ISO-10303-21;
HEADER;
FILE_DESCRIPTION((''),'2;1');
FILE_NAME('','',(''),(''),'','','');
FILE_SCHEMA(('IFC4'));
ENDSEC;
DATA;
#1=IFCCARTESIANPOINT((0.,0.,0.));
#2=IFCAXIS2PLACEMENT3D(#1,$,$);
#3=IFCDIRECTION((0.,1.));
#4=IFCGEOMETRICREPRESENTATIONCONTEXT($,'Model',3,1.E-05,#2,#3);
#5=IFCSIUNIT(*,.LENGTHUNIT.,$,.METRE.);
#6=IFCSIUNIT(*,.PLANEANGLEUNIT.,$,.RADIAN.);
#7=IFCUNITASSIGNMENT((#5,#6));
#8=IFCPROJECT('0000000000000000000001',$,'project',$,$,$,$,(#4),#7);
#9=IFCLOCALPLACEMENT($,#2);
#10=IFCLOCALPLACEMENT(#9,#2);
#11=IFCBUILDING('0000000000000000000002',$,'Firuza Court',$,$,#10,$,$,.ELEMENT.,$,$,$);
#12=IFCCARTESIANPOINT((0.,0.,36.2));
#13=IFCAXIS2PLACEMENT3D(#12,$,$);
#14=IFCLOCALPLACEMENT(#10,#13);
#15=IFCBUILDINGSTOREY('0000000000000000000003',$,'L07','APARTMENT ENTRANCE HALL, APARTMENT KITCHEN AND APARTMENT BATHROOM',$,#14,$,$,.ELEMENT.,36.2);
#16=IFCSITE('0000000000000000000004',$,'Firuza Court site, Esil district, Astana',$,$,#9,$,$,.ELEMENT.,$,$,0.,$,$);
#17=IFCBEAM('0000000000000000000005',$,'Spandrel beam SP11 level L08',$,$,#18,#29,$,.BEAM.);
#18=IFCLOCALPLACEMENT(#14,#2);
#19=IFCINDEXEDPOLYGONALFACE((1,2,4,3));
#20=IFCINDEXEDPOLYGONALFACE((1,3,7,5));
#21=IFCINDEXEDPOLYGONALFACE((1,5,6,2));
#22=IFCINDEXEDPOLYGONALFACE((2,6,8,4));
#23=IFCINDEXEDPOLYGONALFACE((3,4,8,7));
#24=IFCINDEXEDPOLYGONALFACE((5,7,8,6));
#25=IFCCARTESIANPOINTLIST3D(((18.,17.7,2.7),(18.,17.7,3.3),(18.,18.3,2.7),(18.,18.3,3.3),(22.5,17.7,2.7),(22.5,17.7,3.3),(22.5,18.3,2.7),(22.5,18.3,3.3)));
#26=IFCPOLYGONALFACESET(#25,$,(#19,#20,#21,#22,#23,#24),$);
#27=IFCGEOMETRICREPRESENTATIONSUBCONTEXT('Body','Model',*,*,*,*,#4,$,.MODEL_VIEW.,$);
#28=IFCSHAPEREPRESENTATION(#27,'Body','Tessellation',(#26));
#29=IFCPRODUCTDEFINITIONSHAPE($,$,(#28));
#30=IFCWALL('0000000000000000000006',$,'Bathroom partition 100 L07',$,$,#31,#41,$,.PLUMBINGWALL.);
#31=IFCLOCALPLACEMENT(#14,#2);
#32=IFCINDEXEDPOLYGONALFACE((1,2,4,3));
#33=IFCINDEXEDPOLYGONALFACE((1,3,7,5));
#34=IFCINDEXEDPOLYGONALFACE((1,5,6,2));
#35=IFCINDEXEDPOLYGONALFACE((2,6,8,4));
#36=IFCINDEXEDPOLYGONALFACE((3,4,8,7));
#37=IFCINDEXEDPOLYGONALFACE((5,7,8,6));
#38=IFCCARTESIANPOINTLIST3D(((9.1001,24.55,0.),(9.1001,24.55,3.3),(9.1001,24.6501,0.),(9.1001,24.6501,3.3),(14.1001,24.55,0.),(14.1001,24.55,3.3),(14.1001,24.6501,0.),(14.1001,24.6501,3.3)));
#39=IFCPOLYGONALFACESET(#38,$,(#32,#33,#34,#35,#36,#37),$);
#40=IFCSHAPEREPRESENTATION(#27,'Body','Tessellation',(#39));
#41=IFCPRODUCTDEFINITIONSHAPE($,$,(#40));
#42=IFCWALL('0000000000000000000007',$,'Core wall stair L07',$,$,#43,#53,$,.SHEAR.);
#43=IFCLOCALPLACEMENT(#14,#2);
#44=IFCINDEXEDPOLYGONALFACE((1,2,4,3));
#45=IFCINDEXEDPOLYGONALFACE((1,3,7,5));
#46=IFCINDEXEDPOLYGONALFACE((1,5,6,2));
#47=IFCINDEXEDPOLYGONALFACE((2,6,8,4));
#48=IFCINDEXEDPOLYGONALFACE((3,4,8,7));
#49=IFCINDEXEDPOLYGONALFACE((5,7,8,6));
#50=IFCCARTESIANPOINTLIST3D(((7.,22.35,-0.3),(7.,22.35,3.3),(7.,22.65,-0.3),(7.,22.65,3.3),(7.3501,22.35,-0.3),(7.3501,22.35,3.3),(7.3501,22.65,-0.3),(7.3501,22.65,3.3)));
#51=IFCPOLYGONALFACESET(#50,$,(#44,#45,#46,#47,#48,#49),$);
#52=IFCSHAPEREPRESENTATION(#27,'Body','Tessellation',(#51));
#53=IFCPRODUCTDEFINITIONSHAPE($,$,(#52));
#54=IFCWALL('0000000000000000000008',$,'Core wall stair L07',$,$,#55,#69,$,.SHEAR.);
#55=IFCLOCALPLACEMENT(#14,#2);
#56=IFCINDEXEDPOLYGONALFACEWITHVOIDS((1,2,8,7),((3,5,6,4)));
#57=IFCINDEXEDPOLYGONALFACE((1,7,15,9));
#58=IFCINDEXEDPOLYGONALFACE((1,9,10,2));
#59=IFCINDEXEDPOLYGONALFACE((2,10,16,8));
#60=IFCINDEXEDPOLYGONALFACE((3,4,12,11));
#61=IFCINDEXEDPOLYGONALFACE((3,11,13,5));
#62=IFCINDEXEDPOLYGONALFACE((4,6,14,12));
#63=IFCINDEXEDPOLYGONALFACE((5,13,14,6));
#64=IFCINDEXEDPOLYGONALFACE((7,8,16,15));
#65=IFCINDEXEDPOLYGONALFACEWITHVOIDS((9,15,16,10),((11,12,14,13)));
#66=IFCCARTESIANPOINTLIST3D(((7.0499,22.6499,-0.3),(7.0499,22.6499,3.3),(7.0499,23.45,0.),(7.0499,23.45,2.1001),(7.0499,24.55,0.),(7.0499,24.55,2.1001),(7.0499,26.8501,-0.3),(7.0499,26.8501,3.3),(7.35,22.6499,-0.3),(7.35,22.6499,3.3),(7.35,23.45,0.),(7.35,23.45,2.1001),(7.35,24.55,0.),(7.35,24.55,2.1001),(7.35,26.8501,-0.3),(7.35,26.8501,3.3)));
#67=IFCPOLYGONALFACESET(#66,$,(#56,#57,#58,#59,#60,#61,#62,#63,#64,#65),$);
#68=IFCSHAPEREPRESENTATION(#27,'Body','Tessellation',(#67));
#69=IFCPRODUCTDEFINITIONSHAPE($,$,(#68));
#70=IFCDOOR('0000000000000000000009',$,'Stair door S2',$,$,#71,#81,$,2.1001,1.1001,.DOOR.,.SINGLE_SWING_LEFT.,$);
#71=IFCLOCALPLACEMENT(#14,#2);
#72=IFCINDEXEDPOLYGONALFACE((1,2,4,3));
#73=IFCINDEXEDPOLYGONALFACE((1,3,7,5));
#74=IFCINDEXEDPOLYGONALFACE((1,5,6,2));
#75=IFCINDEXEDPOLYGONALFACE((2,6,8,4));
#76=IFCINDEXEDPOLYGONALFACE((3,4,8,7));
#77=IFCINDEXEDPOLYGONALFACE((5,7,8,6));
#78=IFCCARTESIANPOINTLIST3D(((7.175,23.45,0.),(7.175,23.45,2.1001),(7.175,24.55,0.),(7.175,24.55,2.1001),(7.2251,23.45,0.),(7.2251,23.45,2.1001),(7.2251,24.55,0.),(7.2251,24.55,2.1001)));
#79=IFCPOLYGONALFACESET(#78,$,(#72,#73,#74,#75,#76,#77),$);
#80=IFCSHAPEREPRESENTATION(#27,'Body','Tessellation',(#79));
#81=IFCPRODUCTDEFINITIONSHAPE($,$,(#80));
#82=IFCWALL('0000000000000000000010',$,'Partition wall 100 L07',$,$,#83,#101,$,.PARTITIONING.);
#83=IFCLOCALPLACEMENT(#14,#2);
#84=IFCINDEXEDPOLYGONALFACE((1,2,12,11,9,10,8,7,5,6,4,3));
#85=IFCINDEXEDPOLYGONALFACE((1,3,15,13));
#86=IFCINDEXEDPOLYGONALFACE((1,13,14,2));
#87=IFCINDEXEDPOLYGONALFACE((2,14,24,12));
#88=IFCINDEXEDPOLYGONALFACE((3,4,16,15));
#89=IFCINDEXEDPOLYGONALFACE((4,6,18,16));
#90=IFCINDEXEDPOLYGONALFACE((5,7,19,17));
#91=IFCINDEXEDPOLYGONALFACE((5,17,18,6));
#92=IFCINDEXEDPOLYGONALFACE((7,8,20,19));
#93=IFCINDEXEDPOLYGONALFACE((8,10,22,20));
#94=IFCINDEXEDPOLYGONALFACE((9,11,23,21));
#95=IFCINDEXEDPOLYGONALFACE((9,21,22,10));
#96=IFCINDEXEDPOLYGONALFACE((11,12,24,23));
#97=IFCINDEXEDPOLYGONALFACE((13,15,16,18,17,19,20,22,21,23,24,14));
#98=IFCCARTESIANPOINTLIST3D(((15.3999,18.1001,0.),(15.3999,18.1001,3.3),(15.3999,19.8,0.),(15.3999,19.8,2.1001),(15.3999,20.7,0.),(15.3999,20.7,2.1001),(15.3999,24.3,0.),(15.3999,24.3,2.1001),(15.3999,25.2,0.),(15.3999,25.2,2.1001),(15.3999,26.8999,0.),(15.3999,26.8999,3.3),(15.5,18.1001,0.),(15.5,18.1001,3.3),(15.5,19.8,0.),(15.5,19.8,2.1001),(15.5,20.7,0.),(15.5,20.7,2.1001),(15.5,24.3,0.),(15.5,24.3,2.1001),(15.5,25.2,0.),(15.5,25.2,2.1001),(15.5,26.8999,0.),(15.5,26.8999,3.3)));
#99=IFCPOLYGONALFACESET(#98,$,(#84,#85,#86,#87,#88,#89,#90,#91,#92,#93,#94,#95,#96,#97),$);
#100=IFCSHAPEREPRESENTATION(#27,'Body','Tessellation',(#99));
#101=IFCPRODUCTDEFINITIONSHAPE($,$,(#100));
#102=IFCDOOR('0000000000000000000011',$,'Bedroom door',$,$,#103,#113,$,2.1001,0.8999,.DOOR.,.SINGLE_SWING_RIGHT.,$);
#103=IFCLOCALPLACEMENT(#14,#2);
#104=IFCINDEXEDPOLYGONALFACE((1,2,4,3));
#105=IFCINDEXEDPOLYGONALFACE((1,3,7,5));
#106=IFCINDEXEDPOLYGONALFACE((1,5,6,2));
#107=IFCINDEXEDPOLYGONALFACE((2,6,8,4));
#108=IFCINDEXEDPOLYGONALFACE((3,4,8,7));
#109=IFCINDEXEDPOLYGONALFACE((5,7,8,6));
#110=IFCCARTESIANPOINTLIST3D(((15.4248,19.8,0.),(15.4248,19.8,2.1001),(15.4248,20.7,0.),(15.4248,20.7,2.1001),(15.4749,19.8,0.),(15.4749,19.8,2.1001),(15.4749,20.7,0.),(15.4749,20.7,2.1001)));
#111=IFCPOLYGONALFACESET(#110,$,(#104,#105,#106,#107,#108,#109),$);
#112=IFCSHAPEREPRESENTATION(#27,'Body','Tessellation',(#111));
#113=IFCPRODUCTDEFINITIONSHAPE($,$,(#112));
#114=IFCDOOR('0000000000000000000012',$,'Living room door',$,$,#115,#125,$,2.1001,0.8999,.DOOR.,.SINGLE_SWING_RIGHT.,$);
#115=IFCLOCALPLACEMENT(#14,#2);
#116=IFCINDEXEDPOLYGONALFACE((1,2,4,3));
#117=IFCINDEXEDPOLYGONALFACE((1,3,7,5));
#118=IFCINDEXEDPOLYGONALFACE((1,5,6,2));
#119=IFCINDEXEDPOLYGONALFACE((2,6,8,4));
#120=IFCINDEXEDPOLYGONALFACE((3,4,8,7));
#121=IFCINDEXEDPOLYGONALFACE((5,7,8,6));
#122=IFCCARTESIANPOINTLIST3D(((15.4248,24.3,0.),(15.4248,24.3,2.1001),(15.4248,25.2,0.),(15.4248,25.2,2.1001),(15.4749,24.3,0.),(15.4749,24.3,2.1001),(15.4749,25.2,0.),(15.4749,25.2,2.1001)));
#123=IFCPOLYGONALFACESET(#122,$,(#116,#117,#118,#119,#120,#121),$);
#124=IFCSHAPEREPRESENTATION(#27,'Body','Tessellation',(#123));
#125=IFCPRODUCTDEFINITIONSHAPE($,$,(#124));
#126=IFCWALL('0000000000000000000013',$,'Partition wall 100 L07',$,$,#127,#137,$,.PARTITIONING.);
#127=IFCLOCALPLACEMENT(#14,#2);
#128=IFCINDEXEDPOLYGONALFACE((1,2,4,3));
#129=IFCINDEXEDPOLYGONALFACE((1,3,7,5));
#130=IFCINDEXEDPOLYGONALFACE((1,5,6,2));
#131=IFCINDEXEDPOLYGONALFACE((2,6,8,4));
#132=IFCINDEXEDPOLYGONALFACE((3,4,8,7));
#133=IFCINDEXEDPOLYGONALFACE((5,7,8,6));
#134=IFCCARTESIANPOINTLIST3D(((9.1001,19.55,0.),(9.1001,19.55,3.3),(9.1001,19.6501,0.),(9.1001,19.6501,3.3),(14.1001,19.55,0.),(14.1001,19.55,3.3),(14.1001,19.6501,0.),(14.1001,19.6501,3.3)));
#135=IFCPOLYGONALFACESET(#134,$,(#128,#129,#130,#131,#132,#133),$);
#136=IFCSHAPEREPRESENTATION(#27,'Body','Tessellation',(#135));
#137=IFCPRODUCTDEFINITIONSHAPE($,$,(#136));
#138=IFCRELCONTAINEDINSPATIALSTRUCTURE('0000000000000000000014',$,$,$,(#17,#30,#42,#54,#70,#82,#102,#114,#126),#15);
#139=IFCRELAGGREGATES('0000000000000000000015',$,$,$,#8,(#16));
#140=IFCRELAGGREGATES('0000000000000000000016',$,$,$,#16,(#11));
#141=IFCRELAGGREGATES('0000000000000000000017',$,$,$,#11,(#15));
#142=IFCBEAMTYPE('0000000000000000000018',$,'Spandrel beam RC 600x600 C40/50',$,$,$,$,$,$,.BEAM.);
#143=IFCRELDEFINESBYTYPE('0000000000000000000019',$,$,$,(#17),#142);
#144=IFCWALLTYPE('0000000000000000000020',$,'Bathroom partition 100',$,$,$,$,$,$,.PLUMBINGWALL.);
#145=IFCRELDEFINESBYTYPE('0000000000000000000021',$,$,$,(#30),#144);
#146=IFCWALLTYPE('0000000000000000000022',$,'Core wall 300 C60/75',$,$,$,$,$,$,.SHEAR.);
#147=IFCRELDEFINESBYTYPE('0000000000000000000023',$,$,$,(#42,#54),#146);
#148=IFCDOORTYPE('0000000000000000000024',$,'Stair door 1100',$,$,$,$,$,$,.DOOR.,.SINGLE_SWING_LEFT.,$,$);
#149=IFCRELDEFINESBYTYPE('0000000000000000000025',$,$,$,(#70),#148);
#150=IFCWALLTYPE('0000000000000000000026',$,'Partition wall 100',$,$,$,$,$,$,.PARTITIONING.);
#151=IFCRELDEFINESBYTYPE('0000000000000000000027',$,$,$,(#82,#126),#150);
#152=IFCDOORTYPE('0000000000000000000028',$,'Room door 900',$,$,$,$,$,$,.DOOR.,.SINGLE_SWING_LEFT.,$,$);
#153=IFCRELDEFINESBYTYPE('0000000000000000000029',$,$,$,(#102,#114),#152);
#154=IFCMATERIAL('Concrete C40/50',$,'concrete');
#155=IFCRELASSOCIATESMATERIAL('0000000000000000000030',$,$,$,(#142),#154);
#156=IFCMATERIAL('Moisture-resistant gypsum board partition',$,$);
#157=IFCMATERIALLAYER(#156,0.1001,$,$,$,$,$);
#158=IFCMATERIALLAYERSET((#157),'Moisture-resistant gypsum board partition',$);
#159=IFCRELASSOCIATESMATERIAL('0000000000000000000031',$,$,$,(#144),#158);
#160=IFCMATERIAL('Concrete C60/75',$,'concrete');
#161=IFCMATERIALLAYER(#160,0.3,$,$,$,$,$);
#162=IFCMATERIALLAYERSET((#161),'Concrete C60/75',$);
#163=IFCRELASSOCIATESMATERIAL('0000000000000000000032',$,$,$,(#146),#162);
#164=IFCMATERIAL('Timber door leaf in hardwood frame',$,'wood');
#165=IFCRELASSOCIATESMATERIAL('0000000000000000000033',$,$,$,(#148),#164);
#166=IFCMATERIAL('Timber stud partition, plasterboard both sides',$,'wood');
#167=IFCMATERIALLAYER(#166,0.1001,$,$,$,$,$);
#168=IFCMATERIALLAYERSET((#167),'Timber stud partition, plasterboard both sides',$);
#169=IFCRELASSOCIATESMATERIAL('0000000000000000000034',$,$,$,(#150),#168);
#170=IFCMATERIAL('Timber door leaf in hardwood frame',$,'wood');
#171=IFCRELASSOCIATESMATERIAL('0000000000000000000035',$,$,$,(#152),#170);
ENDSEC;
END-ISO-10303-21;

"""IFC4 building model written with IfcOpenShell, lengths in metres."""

from ifc_helpers import new_model, si_unit, direction, frame, frame_2d, origin, origin_2d, place, context, subcontext, project, spatial, rectangle, extrude, material, layer, layer_set, material_profile, profile_set, type_object, element, fill, save


model = new_model("IFC4")

# Units and contexts
model_context = context("Model", 3, precision=1e-05, world=origin(), true_north=direction((0.0, 1.0)))
body_context = subcontext(model_context, "Body", "Model", "MODEL_VIEW")
ifc_project = project(units=[si_unit("LENGTHUNIT", "METRE"), si_unit("PLANEANGLEUNIT", "RADIAN")], contexts=[model_context])

# Site, building, storey
site_placement = place(None, origin())
site = spatial("IfcSite", under=ifc_project, at=site_placement, Name="Firuza Court site, Esil district, Astana", CompositionType="ELEMENT", RefElevation=0.0)
building_placement = place(site_placement, origin())
building = spatial("IfcBuilding", under=site, at=building_placement, Name="Firuza Court", CompositionType="ELEMENT")
storey_placement = place(building_placement, frame((0.0, 0.0, 36.2)))
storey = spatial("IfcBuildingStorey", under=building, at=storey_placement, Name="L07", Description="APARTMENT ENTRANCE HALL, APARTMENT KITCHEN AND APARTMENT BATHROOM", CompositionType="ELEMENT", Elevation=36.2)

# Beam
ifc_material_1 = material(Name="Concrete C40/50", Category="concrete")
ifc_material_profile = material_profile(ifc_material_1, rectangle(XDim=0.6001, YDim=0.6001, at=origin_2d()), Name="RC 600x600")
ifc_profile_set = profile_set([ifc_material_profile], Name="Concrete C40/50")
beam_type = type_object("IfcBeamType", Name="Spandrel beam RC 600x600 C40/50", PredefinedType="BEAM", material=ifc_profile_set)
beam_placement = place(storey_placement, frame((18.0, 18.0, 3.0), z_axis=(1.0, 0.0, 0.0), x_axis=(0.0, 1.0, 0.0)))
element("IfcBeam", 1, at=beam_placement, inside=storey, type_object=beam_type, Name="Spandrel beam SP11 level L08", PredefinedType="BEAM", context=body_context, shape_type="SweptSolid", body=[
    extrude(rectangle(XDim=0.6001, YDim=0.6001, at=origin_2d()), origin(), (0.0, 0.0, 1.0), 4.5),
])

# Walls
ifc_material_2 = material(Name="Moisture-resistant gypsum board partition")
ifc_layer_1 = layer(ifc_material_2, 0.1001)
ifc_layer_set_1 = layer_set([ifc_layer_1], Name="Moisture-resistant gypsum board partition")
wall_type_1 = type_object("IfcWallType", Name="Bathroom partition 100", PredefinedType="PLUMBINGWALL", material=ifc_layer_set_1)
wall_1_placement = place(storey_placement, frame((9.1001, 24.6001, 0.0), z_axis=(0.0, 0.0, 1.0), x_axis=(1.0, 0.0, 0.0)))
element("IfcWall", 2, at=wall_1_placement, inside=storey, type_object=wall_type_1, Name="Bathroom partition 100 L07", PredefinedType="PLUMBINGWALL", context=body_context, shape_type="SweptSolid", body=[
    extrude(rectangle(XDim=5.0, YDim=0.1001, at=frame_2d((2.5, 0.0))), origin(), (0.0, 0.0, 1.0), 3.3),
])
ifc_material_3 = material(Name="Concrete C60/75", Category="concrete")
ifc_layer_2 = layer(ifc_material_3, 0.3)
ifc_layer_set_2 = layer_set([ifc_layer_2], Name="Concrete C60/75")
wall_type_2 = type_object("IfcWallType", Name="Core wall 300 C60/75", PredefinedType="SHEAR", material=ifc_layer_set_2)
wall_2_placement = place(storey_placement, frame((7.0, 22.5, -0.3), z_axis=(0.0, 0.0, 1.0), x_axis=(1.0, 0.0, 0.0)))
element("IfcWall", 3, at=wall_2_placement, inside=storey, type_object=wall_type_2, Name="Core wall stair L07", PredefinedType="SHEAR", context=body_context, shape_type="SweptSolid", body=[
    extrude(rectangle(XDim=0.3501, YDim=0.3, at=frame_2d((0.175, 0.0))), origin(), (0.0, 0.0, 1.0), 3.6001),
])

# Wall, opening, door
wall_3_placement = place(storey_placement, frame((7.2, 22.6499, -0.3), z_axis=(0.0, 0.0, 1.0), x_axis=(0.0, 1.0, 0.0)))
wall_3 = element("IfcWall", 4, at=wall_3_placement, inside=storey, type_object=wall_type_2, Name="Core wall stair L07", PredefinedType="SHEAR", context=body_context, shape_type="SweptSolid", body=[
    extrude(rectangle(XDim=4.2002, YDim=0.3, at=frame_2d((2.1001, 0.0))), origin(), (0.0, 0.0, 1.0), 3.6001),
])
opening_1_placement = place(wall_3_placement, frame((0.8, 0.0, 0.3)))
opening_1 = element("IfcOpeningElement", 5, at=opening_1_placement, cuts=wall_3, PredefinedType="OPENING", context=body_context, shape_type="SweptSolid", body=[
    extrude(rectangle(XDim=1.1001, YDim=2.1001, at=frame_2d((0.55, 1.05))), frame((0.0, 0.1621, 0.0), z_axis=(0.0, -1.0, 0.0), x_axis=(1.0, 0.0, 0.0)), (0.0, 0.0, 1.0), 0.324),
])
ifc_material_4 = material(Name="Timber door leaf in hardwood frame", Category="wood")
door_type_1 = type_object("IfcDoorType", Name="Stair door 1100", OperationType="SINGLE_SWING_LEFT", PredefinedType="DOOR", material=ifc_material_4)
door_1_placement = place(opening_1_placement, origin())
door_1 = element("IfcDoor", 6, at=door_1_placement, inside=storey, type_object=door_type_1, Name="Stair door S2", OperationType="SINGLE_SWING_LEFT", OverallHeight=2.1001, OverallWidth=1.1001, PredefinedType="DOOR", context=body_context, shape_type="SweptSolid", body=[
    extrude(rectangle(XDim=1.1001, YDim=2.1001, at=frame_2d((0.55, 1.05))), frame((0.0, 0.0249, 0.0), z_axis=(0.0, -1.0, 0.0), x_axis=(1.0, 0.0, 0.0)), (0.0, 0.0, 1.0), 0.05),
])
fill(opening_1, door_1)

# Wall, openings, doors
ifc_material_5 = material(Name="Timber stud partition, plasterboard both sides", Category="wood")
ifc_layer_3 = layer(ifc_material_5, 0.1001)
ifc_layer_set_3 = layer_set([ifc_layer_3], Name="Timber stud partition, plasterboard both sides")
wall_type_3 = type_object("IfcWallType", Name="Partition wall 100", PredefinedType="PARTITIONING", material=ifc_layer_set_3)
wall_4_placement = place(storey_placement, frame((15.45, 18.1001, 0.0), z_axis=(0.0, 0.0, 1.0), x_axis=(0.0, 1.0, 0.0)))
wall_4 = element("IfcWall", 7, at=wall_4_placement, inside=storey, type_object=wall_type_3, Name="Partition wall 100 L07", PredefinedType="PARTITIONING", context=body_context, shape_type="SweptSolid", body=[
    extrude(rectangle(XDim=8.7998, YDim=0.1001, at=frame_2d((4.3999, 0.0))), origin(), (0.0, 0.0, 1.0), 3.3),
])
opening_2_placement = place(wall_4_placement, frame((1.7, 0.0, 0.0)))
opening_2 = element("IfcOpeningElement", 8, at=opening_2_placement, cuts=wall_4, PredefinedType="OPENING", context=body_context, shape_type="SweptSolid", body=[
    extrude(rectangle(XDim=0.8999, YDim=2.1001, at=frame_2d((0.45, 1.05))), frame((0.0, 0.062, 0.0), z_axis=(0.0, -1.0, 0.0), x_axis=(1.0, 0.0, 0.0)), (0.0, 0.0, 1.0), 0.124),
])
opening_3_placement = place(wall_4_placement, frame((6.2, 0.0, 0.0)))
opening_3 = element("IfcOpeningElement", 9, at=opening_3_placement, cuts=wall_4, PredefinedType="OPENING", context=body_context, shape_type="SweptSolid", body=[
    extrude(rectangle(XDim=0.8999, YDim=2.1001, at=frame_2d((0.45, 1.05))), frame((0.0, 0.062, 0.0), z_axis=(0.0, -1.0, 0.0), x_axis=(1.0, 0.0, 0.0)), (0.0, 0.0, 1.0), 0.124),
])
ifc_material_6 = material(Name="Timber door leaf in hardwood frame", Category="wood")
door_type_2 = type_object("IfcDoorType", Name="Room door 900", OperationType="SINGLE_SWING_LEFT", PredefinedType="DOOR", material=ifc_material_6)
door_2_placement = place(opening_2_placement, frame((0.8999, 0.0, 0.0), z_axis=(0.0, 0.0, 1.0), x_axis=(-1.0, 0.0, 0.0)))
door_2 = element("IfcDoor", 10, at=door_2_placement, inside=storey, type_object=door_type_2, Name="Bedroom door", OperationType="SINGLE_SWING_RIGHT", OverallHeight=2.1001, OverallWidth=0.8999, PredefinedType="DOOR", context=body_context, shape_type="SweptSolid", body=[
    extrude(rectangle(XDim=0.8999, YDim=2.1001, at=frame_2d((0.45, 1.05))), frame((0.0, 0.0249, 0.0), z_axis=(0.0, -1.0, 0.0), x_axis=(1.0, 0.0, 0.0)), (0.0, 0.0, 1.0), 0.05),
])
fill(opening_2, door_2)
door_3_placement = place(opening_3_placement, frame((0.8999, 0.0, 0.0), z_axis=(0.0, 0.0, 1.0), x_axis=(-1.0, 0.0, 0.0)))
door_3 = element("IfcDoor", 11, at=door_3_placement, inside=storey, type_object=door_type_2, Name="Living room door", OperationType="SINGLE_SWING_RIGHT", OverallHeight=2.1001, OverallWidth=0.8999, PredefinedType="DOOR", context=body_context, shape_type="SweptSolid", body=[
    extrude(rectangle(XDim=0.8999, YDim=2.1001, at=frame_2d((0.45, 1.05))), frame((0.0, 0.0249, 0.0), z_axis=(0.0, -1.0, 0.0), x_axis=(1.0, 0.0, 0.0)), (0.0, 0.0, 1.0), 0.05),
])
fill(opening_3, door_3)

# Wall
wall_5_placement = place(storey_placement, frame((9.1001, 19.6001, 0.0), z_axis=(0.0, 0.0, 1.0), x_axis=(1.0, 0.0, 0.0)))
element("IfcWall", 12, at=wall_5_placement, inside=storey, type_object=wall_type_3, Name="Partition wall 100 L07", PredefinedType="PARTITIONING", context=body_context, shape_type="SweptSolid", body=[
    extrude(rectangle(XDim=5.0, YDim=0.1001, at=frame_2d((2.5, 0.0))), origin(), (0.0, 0.0, 1.0), 3.3),
])

save(model, "model.ifc")
